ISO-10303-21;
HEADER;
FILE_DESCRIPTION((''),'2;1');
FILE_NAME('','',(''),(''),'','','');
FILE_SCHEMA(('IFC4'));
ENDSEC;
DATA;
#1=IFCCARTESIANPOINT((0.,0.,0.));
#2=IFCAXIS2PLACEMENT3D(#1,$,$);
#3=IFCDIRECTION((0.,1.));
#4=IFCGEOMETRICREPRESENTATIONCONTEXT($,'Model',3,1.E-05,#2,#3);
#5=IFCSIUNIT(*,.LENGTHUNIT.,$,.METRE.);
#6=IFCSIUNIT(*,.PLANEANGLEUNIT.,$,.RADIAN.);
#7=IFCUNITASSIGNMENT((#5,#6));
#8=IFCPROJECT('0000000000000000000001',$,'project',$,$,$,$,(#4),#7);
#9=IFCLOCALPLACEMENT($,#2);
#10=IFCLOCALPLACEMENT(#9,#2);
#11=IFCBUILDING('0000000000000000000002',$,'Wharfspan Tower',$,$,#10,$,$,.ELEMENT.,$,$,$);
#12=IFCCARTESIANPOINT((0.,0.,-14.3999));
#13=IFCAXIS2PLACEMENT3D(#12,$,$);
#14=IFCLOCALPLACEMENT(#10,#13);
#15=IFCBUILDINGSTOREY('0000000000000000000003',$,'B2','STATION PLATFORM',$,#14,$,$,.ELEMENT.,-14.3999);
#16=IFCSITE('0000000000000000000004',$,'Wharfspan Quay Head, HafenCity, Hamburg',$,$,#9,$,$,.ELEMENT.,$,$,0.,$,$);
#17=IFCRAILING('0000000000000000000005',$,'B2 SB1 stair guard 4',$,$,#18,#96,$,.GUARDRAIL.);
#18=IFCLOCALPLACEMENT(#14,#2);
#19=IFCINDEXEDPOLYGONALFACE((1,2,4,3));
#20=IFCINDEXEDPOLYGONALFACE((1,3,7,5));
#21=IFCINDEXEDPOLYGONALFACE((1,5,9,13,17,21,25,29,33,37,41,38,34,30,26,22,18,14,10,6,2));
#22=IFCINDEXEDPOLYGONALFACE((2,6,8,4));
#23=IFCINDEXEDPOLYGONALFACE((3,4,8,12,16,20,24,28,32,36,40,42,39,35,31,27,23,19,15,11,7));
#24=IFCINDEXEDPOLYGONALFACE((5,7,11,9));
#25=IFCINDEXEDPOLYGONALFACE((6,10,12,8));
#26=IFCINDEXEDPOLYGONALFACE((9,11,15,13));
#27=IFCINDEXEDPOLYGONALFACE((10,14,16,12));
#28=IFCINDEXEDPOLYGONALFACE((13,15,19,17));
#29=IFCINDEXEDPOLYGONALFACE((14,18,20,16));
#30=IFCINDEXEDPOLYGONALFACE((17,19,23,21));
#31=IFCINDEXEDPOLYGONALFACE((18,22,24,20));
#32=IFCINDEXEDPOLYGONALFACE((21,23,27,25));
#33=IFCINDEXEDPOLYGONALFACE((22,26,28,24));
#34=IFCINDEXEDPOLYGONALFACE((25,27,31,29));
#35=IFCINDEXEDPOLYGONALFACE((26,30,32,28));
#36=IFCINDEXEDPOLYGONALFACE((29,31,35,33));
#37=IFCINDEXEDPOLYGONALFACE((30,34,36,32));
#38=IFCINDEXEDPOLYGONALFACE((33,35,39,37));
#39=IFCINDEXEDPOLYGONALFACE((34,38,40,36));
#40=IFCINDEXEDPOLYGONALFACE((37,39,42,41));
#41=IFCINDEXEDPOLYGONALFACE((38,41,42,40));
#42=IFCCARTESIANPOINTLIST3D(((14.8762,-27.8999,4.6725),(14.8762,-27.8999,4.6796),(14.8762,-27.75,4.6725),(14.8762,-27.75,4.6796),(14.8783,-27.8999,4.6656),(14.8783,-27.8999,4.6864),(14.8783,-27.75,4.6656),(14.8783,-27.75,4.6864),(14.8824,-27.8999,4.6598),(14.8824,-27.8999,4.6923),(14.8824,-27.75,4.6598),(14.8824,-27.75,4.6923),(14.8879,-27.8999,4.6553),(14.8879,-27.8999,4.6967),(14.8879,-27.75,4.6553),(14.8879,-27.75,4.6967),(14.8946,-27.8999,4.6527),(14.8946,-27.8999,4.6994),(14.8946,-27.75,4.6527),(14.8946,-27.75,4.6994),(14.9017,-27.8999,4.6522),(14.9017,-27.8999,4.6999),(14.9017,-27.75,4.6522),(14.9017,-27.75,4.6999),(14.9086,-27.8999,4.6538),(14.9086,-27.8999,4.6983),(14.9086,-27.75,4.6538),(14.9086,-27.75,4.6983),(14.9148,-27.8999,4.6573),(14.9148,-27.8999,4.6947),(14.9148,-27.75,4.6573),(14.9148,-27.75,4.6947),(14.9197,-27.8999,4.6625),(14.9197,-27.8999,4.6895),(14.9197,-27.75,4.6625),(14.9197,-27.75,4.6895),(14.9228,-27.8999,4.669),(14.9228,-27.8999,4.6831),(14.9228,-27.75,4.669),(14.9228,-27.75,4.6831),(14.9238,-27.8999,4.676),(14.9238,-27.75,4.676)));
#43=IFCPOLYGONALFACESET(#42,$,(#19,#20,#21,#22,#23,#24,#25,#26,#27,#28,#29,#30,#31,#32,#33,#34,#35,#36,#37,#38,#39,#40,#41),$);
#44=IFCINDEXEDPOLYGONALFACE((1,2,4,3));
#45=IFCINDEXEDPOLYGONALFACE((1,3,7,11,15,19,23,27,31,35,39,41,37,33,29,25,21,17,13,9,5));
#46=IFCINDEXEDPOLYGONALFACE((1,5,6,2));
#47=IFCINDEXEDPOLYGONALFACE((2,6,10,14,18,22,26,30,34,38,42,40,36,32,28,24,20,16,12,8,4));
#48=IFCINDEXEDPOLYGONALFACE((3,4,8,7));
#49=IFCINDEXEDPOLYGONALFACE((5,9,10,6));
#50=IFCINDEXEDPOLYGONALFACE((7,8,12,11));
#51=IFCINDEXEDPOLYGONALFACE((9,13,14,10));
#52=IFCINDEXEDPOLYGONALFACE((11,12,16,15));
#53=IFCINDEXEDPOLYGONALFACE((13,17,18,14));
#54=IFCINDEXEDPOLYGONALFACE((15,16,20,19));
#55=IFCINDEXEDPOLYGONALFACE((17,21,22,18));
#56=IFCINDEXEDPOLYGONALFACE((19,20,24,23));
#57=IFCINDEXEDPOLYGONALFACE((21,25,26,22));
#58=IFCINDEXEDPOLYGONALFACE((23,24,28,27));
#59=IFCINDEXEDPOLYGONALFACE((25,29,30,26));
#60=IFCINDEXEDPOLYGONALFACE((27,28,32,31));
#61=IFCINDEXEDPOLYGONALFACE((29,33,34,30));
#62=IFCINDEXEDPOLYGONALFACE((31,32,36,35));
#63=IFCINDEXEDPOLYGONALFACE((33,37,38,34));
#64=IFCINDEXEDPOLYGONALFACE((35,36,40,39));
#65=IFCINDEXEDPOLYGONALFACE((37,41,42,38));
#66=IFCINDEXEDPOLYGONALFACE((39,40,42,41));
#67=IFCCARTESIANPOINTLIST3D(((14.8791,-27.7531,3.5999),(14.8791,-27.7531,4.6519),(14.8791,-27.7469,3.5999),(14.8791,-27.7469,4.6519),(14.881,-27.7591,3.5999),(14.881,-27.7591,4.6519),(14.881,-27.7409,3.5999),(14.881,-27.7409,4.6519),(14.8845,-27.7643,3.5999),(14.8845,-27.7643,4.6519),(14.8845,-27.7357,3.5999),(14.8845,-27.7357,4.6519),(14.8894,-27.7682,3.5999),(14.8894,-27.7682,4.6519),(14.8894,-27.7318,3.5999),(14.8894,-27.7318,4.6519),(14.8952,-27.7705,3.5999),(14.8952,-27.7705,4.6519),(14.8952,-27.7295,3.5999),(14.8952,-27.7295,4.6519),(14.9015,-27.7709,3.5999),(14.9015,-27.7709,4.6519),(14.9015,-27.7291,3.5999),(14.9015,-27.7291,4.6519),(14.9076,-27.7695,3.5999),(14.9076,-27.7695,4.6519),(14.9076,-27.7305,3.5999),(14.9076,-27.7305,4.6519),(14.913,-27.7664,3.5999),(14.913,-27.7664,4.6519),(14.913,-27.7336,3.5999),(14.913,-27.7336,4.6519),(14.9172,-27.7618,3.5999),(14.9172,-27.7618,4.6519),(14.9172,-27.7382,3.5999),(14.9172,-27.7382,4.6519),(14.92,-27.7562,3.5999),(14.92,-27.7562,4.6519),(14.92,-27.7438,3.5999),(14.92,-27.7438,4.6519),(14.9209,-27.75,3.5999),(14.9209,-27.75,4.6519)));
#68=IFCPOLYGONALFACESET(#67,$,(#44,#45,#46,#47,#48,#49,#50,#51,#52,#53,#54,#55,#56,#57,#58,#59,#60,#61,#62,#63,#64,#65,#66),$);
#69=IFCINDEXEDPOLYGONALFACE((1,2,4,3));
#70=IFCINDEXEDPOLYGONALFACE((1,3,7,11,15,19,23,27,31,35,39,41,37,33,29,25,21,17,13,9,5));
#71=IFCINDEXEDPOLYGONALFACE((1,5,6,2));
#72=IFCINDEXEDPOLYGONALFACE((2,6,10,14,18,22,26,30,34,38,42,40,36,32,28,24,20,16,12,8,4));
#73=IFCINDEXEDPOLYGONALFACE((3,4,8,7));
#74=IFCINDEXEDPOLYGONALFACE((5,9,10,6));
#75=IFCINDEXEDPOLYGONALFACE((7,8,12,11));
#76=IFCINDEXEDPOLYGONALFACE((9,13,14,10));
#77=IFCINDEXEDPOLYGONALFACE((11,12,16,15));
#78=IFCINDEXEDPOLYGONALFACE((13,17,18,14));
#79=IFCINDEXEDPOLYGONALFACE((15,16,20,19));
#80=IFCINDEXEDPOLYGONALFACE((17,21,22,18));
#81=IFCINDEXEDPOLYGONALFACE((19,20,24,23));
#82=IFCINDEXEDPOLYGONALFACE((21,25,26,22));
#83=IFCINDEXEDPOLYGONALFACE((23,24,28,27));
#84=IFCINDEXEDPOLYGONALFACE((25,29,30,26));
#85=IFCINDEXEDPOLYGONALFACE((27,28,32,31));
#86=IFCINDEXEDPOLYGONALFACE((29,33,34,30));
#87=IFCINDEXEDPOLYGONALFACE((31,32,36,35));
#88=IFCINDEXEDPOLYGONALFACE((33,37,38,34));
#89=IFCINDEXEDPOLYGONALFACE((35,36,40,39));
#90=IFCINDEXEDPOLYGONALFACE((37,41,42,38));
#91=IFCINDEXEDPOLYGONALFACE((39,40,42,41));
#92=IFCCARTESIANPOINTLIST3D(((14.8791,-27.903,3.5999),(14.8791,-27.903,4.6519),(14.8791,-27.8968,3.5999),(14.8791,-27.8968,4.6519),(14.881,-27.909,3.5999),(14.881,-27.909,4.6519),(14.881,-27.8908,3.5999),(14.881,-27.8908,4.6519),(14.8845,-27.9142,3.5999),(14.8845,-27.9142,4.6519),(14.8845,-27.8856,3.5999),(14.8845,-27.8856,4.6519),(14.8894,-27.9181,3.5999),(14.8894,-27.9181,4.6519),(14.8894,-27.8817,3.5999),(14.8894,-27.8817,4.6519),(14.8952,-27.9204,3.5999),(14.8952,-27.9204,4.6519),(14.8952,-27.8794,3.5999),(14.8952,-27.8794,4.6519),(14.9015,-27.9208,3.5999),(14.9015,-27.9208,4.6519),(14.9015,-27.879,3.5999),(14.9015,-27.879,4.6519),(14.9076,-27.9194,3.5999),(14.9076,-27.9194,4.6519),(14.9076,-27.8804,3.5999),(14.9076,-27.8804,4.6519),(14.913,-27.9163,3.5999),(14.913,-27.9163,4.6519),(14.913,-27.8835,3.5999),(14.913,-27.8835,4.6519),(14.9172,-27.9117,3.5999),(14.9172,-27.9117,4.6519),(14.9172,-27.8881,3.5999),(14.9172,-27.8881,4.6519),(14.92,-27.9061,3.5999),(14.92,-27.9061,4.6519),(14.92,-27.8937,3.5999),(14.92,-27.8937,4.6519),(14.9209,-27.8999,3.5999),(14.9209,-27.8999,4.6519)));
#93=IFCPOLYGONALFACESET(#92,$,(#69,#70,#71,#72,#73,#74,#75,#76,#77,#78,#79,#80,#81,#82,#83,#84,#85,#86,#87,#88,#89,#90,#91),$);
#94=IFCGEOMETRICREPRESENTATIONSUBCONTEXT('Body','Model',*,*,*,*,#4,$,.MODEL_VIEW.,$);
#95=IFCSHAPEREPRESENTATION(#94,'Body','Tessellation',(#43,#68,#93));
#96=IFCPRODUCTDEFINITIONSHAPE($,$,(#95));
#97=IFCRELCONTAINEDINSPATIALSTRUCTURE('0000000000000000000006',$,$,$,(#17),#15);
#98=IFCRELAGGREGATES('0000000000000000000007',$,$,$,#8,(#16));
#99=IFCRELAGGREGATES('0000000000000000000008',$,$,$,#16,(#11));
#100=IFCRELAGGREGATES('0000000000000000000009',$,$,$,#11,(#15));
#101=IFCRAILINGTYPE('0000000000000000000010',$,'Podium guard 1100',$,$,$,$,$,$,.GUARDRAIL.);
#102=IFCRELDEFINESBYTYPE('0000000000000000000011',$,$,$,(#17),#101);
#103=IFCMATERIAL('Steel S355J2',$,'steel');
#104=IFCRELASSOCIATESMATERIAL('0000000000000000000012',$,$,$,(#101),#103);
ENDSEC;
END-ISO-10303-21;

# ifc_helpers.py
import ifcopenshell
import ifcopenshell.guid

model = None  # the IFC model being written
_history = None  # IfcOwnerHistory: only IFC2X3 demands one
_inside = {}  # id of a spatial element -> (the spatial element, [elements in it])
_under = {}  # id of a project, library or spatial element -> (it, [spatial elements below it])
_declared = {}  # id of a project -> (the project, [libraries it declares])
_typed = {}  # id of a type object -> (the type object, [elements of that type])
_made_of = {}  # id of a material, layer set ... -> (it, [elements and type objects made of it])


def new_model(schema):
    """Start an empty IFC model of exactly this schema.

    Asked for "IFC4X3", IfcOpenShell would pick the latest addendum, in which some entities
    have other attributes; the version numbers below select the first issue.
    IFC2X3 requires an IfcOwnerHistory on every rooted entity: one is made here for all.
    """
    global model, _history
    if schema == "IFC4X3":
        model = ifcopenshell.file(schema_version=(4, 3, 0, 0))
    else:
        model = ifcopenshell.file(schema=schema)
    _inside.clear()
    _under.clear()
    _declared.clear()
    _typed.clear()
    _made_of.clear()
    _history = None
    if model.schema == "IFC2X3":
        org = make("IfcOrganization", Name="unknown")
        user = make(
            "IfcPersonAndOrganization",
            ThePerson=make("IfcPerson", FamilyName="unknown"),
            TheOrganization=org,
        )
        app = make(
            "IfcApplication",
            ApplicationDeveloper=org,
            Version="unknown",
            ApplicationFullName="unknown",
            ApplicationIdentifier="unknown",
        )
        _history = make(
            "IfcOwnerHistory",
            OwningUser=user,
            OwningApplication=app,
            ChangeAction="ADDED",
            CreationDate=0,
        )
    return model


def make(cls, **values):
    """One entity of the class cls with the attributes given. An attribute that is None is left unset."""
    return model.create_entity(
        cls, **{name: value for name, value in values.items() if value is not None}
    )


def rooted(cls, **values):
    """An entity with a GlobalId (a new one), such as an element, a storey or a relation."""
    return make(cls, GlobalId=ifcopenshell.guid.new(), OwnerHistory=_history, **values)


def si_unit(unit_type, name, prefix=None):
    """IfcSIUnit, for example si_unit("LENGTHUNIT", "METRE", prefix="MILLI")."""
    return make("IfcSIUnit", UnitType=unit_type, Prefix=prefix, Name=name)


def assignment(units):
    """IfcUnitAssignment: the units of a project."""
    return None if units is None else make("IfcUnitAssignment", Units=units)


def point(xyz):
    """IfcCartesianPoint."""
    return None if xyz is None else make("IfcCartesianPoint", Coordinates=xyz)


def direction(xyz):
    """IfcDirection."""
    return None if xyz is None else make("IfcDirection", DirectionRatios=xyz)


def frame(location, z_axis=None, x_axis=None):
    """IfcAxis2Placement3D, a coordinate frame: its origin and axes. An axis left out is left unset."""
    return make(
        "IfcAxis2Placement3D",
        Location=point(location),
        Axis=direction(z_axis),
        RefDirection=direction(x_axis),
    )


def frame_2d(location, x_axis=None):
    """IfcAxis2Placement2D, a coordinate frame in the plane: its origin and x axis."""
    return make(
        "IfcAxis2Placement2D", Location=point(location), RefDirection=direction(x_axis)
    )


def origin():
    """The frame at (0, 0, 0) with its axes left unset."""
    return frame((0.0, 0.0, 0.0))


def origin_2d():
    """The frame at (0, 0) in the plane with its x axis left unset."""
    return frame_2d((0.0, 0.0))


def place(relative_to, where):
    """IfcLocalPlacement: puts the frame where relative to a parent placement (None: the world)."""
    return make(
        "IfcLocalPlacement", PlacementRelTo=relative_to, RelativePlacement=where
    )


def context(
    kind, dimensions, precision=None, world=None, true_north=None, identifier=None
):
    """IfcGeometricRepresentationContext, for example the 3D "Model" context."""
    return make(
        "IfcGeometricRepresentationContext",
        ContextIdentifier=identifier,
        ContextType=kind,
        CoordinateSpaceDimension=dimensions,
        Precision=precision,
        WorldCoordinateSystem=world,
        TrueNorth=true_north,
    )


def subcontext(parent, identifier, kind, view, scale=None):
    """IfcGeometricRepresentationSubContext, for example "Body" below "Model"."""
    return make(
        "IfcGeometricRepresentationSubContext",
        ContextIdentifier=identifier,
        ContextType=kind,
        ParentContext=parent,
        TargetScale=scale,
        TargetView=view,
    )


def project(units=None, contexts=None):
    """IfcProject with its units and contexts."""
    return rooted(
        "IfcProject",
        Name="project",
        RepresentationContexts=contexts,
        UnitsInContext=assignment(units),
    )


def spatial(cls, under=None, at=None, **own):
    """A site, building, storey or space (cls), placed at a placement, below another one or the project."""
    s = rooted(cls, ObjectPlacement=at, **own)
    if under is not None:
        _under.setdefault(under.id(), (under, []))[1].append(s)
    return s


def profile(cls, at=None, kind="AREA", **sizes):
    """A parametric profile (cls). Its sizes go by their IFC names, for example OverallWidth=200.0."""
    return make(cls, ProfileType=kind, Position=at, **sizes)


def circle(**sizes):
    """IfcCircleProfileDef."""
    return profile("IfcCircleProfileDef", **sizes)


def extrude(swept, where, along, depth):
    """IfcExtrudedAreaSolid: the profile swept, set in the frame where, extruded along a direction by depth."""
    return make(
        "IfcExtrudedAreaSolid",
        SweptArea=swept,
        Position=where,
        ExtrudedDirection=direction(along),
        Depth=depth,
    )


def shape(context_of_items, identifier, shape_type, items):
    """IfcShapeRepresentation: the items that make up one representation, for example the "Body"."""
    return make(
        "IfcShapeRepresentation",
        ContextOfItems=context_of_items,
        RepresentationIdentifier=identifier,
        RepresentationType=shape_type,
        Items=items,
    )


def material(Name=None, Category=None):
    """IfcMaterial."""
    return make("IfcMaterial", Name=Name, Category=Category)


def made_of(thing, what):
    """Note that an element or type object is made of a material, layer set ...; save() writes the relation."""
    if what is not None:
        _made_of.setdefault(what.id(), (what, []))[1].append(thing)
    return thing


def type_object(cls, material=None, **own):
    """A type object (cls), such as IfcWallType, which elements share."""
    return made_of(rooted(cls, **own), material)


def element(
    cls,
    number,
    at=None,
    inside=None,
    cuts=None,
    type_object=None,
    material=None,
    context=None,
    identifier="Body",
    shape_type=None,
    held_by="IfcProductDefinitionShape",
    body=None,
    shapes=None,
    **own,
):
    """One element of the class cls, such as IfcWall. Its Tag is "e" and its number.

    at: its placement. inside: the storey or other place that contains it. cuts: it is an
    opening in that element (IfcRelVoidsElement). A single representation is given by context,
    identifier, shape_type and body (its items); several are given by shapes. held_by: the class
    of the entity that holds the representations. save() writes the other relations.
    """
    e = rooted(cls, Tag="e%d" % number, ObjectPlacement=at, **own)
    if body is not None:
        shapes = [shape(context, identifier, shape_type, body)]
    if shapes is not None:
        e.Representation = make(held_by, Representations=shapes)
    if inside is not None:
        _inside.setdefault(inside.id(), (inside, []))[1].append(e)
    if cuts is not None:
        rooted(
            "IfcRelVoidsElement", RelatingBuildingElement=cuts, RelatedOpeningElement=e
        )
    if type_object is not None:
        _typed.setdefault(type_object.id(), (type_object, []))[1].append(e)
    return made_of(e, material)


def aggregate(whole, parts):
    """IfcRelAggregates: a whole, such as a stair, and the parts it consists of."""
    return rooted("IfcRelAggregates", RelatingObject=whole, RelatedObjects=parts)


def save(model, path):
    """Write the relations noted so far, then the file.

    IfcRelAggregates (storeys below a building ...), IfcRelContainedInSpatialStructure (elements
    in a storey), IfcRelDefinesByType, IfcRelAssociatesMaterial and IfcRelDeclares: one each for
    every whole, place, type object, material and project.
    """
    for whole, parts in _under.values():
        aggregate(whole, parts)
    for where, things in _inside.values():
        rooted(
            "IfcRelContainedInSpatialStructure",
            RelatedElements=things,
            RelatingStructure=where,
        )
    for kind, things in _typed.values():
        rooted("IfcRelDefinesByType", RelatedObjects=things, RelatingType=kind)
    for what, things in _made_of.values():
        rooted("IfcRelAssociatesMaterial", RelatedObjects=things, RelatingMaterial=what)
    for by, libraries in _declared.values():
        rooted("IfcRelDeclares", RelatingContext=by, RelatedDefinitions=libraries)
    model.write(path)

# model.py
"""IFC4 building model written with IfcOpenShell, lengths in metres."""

from ifc_helpers import new_model, si_unit, direction, frame, origin, origin_2d, place, context, subcontext, project, spatial, circle, extrude, material, type_object, element, save


model = new_model("IFC4")

# Units and contexts
model_context = context("Model", 3, precision=1e-05, world=origin(), true_north=direction((0.0, 1.0)))
body_context = subcontext(model_context, "Body", "Model", "MODEL_VIEW")
ifc_project = project(units=[si_unit("LENGTHUNIT", "METRE"), si_unit("PLANEANGLEUNIT", "RADIAN")], contexts=[model_context])

# Site, building, storey
site_placement = place(None, origin())
site = spatial("IfcSite", under=ifc_project, at=site_placement, Name="Wharfspan Quay Head, HafenCity, Hamburg", CompositionType="ELEMENT", RefElevation=0.0)
building_placement = place(site_placement, origin())
building = spatial("IfcBuilding", under=site, at=building_placement, Name="Wharfspan Tower", CompositionType="ELEMENT")
storey_placement = place(building_placement, frame((0.0, 0.0, -14.3999)))
storey = spatial("IfcBuildingStorey", under=building, at=storey_placement, Name="B2", Description="STATION PLATFORM", CompositionType="ELEMENT", Elevation=-14.3999)

# Railing
ifc_material_1 = material(Name="Steel S355J2", Category="steel")
railing_type_1 = type_object("IfcRailingType", Name="Podium guard 1100", PredefinedType="GUARDRAIL", material=ifc_material_1)
railing_1_placement = place(storey_placement, frame((14.8999, -27.75, 3.5999)))
element("IfcRailing", 1, at=railing_1_placement, inside=storey, type_object=railing_type_1, Name="B2 SB1 stair guard 4", PredefinedType="GUARDRAIL", context=body_context, shape_type="SweptSolid", body=[
    extrude(circle(Radius=0.0239, at=origin_2d()), frame((0.0, 0.0, 1.0762), z_axis=(0.0, -1.0, 0.0), x_axis=(1.0, 0.0, 0.0)), (0.0, 0.0, 1.0), 0.1499),
    extrude(circle(Radius=0.021, at=origin_2d()), origin(), (0.0, 0.0, 1.0), 1.052),
    extrude(circle(Radius=0.021, at=origin_2d()), frame((0.0, -0.1499, 0.0)), (0.0, 0.0, 1.0), 1.052),
])

save(model, "model.ifc")
